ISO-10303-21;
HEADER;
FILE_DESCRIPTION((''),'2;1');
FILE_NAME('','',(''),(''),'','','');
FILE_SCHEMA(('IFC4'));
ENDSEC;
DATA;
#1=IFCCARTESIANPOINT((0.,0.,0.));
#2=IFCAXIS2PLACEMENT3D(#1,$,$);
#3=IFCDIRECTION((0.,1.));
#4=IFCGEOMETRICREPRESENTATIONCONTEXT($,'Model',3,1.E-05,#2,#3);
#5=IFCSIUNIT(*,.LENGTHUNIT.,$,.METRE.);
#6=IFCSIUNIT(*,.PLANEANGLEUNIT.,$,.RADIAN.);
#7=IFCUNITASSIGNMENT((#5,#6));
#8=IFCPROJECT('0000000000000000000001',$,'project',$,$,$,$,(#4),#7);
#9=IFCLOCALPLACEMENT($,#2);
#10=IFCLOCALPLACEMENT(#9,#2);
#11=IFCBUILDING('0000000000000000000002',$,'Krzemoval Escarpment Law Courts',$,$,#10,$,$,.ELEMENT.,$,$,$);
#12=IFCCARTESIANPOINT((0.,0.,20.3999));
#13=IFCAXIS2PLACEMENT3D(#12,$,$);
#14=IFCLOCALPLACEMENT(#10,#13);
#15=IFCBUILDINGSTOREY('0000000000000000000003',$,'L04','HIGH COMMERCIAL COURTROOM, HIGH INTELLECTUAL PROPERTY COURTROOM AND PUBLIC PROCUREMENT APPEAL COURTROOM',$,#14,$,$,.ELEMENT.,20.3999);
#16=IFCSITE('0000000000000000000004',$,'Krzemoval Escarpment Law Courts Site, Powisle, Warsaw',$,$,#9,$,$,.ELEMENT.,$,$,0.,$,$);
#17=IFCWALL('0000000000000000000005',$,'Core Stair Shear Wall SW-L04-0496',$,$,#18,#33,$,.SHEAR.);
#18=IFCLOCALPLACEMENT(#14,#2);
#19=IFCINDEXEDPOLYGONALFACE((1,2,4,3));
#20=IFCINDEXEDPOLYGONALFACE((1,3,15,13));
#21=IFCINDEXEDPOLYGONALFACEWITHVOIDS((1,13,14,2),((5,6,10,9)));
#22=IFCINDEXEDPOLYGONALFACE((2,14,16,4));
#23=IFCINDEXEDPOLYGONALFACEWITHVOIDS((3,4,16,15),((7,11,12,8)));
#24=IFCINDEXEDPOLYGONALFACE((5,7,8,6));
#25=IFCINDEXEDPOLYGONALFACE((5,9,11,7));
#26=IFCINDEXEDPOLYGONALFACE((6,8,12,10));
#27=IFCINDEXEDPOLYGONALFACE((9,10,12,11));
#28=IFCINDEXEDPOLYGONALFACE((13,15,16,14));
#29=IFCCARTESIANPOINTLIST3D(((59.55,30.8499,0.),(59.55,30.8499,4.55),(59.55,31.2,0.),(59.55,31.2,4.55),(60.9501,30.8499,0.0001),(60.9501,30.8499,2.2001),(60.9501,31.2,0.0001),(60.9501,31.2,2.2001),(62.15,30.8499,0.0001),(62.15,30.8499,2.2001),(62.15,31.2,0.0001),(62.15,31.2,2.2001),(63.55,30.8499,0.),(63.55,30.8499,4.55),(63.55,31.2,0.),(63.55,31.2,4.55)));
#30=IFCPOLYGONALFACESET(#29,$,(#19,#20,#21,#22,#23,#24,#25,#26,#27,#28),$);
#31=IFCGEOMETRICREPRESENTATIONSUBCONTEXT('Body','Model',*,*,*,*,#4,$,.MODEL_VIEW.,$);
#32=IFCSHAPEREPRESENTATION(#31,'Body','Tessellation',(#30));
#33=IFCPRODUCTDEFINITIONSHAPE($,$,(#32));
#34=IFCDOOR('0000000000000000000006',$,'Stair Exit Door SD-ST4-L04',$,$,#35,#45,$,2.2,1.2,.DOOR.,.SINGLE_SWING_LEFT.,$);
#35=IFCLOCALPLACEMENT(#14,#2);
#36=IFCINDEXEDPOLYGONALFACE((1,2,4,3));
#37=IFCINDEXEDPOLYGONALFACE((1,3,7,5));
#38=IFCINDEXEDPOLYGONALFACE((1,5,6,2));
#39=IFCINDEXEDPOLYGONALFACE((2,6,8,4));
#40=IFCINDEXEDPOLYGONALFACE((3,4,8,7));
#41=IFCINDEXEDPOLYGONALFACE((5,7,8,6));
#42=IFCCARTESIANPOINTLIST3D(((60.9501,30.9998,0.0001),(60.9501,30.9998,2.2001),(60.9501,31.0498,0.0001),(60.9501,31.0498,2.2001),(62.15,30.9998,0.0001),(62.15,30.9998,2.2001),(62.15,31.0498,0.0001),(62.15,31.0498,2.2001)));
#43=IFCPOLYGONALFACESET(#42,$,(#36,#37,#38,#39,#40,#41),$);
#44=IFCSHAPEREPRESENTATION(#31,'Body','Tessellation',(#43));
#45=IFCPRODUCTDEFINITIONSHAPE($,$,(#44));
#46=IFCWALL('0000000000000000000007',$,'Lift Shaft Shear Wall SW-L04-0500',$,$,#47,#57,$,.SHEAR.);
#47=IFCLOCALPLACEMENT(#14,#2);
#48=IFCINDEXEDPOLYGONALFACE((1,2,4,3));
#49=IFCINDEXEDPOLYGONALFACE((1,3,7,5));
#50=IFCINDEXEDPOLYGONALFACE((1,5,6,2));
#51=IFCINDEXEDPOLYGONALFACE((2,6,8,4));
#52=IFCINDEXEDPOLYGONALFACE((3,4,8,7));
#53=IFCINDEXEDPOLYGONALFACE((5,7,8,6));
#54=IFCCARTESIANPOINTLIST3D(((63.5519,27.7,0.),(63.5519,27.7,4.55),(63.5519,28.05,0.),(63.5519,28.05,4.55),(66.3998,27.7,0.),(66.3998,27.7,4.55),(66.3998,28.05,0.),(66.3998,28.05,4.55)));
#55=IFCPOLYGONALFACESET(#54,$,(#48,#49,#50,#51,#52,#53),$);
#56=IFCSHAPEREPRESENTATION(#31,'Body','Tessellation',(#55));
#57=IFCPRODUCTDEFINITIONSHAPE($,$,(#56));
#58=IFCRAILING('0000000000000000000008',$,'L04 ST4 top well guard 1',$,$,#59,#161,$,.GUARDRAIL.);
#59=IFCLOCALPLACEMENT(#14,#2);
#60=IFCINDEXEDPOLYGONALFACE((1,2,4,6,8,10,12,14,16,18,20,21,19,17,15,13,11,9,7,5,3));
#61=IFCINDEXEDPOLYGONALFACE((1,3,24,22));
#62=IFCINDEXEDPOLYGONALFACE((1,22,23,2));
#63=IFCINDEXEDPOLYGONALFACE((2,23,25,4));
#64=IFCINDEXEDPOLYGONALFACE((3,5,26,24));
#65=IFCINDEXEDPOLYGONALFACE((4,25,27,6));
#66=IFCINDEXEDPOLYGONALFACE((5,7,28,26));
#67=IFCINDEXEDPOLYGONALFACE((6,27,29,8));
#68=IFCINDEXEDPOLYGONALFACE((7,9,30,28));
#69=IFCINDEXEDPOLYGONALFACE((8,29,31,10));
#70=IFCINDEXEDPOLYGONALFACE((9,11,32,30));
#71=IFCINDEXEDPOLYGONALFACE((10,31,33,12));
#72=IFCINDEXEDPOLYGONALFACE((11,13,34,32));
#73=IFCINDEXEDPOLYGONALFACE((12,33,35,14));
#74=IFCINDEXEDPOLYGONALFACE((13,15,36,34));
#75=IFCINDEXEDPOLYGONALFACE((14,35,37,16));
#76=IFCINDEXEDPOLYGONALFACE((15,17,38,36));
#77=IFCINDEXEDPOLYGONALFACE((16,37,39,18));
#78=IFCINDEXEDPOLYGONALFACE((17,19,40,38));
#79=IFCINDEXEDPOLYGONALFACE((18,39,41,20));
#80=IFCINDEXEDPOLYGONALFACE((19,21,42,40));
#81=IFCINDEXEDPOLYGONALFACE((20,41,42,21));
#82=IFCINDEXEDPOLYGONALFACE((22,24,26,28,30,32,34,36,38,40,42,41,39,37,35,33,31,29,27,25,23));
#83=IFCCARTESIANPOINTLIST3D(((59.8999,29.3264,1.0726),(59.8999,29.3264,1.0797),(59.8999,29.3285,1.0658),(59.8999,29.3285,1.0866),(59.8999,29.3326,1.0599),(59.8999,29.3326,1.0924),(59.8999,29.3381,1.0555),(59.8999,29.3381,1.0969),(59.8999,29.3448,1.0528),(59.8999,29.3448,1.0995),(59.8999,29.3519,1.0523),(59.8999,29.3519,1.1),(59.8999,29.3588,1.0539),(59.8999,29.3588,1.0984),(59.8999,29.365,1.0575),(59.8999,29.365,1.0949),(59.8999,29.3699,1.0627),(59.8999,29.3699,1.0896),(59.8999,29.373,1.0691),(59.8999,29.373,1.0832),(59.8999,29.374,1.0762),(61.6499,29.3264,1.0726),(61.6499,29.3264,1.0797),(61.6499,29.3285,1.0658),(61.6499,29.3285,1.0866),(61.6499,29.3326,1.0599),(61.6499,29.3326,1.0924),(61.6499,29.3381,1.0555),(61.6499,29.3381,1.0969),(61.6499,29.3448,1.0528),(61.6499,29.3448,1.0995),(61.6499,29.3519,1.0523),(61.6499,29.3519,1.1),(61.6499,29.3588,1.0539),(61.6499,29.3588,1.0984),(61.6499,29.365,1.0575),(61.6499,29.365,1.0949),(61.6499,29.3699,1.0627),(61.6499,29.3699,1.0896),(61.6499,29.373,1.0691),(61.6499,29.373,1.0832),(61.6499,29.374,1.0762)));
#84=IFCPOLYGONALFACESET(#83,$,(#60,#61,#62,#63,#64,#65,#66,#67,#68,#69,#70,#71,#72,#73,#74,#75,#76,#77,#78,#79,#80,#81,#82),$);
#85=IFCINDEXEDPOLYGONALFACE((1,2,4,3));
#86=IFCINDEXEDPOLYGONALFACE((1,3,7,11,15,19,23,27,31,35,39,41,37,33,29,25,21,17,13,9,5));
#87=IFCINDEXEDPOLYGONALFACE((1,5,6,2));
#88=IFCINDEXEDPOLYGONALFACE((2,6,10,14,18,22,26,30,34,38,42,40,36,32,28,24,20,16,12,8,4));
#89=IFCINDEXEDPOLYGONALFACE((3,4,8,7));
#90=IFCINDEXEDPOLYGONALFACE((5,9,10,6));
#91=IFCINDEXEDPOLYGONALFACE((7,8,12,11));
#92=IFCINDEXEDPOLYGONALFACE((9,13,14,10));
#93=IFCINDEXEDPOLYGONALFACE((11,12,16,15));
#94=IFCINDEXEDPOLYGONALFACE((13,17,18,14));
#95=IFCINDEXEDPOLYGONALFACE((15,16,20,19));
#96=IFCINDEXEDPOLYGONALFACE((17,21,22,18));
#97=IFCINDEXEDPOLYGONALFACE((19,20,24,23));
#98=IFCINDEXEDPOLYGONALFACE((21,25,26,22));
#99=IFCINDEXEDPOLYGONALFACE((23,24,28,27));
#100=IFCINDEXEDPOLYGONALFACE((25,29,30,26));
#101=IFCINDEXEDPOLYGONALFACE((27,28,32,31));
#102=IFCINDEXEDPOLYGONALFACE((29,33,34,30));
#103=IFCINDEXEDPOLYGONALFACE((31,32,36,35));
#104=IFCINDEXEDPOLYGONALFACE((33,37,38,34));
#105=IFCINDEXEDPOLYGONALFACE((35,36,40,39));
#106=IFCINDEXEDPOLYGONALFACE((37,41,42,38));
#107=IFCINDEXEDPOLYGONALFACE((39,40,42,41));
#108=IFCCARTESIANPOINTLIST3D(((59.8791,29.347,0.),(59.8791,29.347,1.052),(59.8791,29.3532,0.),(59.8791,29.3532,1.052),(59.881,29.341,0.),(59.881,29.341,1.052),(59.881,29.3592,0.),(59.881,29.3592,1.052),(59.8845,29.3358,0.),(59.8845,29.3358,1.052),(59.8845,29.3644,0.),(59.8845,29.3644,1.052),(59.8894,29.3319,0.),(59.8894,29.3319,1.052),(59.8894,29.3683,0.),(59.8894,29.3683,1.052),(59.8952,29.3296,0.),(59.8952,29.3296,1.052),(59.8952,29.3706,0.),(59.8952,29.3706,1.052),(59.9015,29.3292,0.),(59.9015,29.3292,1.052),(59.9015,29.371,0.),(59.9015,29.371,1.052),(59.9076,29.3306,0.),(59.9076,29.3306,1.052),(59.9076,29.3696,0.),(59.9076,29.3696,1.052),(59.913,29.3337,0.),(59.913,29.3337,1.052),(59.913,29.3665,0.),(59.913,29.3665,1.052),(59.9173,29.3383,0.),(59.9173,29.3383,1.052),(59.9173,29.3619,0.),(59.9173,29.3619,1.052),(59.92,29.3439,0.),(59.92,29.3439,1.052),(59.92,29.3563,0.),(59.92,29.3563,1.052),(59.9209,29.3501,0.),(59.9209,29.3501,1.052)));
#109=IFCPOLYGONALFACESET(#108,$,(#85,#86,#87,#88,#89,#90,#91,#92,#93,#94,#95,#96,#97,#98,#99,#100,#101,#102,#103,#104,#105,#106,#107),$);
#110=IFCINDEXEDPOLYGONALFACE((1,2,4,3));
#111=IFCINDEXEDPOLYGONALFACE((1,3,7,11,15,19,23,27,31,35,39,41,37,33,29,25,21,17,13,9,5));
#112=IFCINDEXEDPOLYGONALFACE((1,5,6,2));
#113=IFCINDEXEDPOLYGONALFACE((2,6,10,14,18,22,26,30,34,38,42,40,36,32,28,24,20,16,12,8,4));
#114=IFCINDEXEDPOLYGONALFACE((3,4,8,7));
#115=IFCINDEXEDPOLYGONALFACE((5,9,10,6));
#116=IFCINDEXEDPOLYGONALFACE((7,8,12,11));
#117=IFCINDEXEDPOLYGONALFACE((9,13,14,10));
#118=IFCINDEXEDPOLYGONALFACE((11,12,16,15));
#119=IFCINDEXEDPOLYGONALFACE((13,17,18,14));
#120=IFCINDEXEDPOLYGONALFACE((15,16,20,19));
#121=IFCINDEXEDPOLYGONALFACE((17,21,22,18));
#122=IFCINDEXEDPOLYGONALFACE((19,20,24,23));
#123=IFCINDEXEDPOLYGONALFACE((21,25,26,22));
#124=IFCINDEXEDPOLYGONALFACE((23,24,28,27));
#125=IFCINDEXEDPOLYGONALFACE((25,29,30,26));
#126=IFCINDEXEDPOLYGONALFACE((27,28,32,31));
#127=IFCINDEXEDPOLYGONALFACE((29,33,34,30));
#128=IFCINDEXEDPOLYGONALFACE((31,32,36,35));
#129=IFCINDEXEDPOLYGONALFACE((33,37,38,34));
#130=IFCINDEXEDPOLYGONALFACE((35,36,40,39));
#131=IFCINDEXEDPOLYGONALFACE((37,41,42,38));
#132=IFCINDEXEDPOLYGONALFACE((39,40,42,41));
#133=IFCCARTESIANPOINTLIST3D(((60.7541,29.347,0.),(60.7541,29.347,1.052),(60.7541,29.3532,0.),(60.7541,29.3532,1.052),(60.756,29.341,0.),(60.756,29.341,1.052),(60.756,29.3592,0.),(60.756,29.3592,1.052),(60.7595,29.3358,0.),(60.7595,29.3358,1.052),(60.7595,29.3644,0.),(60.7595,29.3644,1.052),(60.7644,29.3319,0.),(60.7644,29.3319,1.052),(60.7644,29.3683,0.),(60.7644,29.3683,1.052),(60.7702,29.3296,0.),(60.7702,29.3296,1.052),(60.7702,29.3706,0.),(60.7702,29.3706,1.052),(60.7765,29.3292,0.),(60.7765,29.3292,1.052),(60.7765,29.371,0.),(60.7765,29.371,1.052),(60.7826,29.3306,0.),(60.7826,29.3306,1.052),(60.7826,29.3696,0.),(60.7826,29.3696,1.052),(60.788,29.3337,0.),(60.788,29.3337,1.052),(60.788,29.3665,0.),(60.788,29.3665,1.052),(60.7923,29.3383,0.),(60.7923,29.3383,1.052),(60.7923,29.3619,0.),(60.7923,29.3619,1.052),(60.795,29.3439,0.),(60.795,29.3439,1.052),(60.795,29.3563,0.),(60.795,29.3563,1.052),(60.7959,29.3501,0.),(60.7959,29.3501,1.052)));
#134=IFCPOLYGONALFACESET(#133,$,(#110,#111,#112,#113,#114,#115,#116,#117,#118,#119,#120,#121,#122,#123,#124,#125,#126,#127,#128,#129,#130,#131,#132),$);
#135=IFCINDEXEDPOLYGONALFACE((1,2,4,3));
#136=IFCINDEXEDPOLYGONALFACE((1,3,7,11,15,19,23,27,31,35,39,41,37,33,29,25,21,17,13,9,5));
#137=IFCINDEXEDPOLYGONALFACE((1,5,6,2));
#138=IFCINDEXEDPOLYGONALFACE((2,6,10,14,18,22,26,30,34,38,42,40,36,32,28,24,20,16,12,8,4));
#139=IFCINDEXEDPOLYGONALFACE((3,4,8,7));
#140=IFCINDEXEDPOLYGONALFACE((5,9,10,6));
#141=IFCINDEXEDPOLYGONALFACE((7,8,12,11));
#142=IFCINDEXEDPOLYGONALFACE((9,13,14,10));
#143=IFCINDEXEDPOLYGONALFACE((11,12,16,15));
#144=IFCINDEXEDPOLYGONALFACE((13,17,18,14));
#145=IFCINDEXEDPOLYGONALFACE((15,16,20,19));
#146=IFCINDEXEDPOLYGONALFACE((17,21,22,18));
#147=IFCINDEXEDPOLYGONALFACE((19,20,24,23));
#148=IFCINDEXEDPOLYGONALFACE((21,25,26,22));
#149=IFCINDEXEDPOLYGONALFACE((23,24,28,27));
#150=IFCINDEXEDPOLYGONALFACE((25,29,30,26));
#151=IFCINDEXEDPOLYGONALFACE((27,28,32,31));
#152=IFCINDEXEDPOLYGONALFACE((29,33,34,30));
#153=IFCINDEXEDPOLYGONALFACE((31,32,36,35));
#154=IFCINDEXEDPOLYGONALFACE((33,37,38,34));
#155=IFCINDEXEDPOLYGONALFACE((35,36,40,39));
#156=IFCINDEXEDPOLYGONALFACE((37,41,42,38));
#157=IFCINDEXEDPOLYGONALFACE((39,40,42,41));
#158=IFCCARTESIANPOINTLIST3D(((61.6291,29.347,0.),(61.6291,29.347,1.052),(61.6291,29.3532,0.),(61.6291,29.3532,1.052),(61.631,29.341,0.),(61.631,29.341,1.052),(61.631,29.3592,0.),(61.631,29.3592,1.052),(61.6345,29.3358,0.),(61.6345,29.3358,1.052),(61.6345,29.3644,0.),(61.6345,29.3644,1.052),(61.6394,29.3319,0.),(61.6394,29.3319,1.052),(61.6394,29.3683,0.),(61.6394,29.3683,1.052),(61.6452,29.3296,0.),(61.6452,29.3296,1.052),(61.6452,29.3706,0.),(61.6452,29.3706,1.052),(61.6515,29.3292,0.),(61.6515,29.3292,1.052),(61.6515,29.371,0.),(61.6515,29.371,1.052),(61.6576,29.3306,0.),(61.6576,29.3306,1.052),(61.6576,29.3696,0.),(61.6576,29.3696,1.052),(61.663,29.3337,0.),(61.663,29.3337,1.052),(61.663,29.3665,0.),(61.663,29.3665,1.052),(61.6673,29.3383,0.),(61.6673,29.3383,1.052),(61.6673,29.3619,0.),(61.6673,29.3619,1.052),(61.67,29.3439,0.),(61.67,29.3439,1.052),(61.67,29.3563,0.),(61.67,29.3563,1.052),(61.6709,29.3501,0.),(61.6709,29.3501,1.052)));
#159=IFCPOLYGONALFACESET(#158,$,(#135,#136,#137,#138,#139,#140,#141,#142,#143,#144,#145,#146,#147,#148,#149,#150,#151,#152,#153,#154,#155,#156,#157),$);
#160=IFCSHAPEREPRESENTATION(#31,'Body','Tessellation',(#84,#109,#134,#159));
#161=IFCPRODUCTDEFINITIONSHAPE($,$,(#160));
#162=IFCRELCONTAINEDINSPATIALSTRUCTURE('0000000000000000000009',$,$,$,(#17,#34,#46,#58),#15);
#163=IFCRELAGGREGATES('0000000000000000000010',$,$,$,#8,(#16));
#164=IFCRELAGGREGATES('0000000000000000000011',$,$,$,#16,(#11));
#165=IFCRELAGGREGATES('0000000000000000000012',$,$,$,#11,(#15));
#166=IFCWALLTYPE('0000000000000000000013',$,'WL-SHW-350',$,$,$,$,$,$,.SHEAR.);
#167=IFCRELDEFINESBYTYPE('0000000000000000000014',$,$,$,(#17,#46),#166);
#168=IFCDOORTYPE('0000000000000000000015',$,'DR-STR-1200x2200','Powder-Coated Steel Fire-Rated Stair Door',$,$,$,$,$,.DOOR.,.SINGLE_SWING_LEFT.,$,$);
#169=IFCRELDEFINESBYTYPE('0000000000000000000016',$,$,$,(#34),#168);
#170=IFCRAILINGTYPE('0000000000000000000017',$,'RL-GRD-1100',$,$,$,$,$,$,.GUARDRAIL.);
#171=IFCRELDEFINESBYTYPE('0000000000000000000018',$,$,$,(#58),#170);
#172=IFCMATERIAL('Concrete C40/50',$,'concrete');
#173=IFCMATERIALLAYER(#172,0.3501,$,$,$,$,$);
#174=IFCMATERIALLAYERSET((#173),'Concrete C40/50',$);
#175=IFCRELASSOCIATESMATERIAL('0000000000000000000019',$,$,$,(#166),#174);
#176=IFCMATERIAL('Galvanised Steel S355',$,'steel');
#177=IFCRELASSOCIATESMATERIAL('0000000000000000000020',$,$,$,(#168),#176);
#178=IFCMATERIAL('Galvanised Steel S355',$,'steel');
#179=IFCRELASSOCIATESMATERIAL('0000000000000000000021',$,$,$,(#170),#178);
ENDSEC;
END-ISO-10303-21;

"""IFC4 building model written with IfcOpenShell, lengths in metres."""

from ifc_helpers import new_model, si_unit, direction, frame, frame_2d, origin, origin_2d, place, context, subcontext, project, spatial, rectangle, circle, extrude, material, layer, layer_set, type_object, element, fill, save


model = new_model("IFC4")

# Units and contexts
model_context = context("Model", 3, precision=1e-05, world=origin(), true_north=direction((0.0, 1.0)))
body_context = subcontext(model_context, "Body", "Model", "MODEL_VIEW")
ifc_project = project(units=[si_unit("LENGTHUNIT", "METRE"), si_unit("PLANEANGLEUNIT", "RADIAN")], contexts=[model_context])

# Site, building, storey
site_placement = place(None, origin())
site = spatial("IfcSite", under=ifc_project, at=site_placement, Name="Krzemoval Escarpment Law Courts Site, Powisle, Warsaw", CompositionType="ELEMENT", RefElevation=0.0)
building_placement = place(site_placement, origin())
building = spatial("IfcBuilding", under=site, at=building_placement, Name="Krzemoval Escarpment Law Courts", CompositionType="ELEMENT")
storey_placement = place(building_placement, frame((0.0, 0.0, 20.3999)))
storey = spatial("IfcBuildingStorey", under=building, at=storey_placement, Name="L04", Description="HIGH COMMERCIAL COURTROOM, HIGH INTELLECTUAL PROPERTY COURTROOM AND PUBLIC PROCUREMENT APPEAL COURTROOM", CompositionType="ELEMENT", Elevation=20.3999)

# Wall, opening, door
ifc_material_1 = material(Name="Concrete C40/50", Category="concrete")
ifc_layer_1 = layer(ifc_material_1, 0.3501)
ifc_layer_set_1 = layer_set([ifc_layer_1], Name="Concrete C40/50")
wall_type_1 = type_object("IfcWallType", Name="WL-SHW-350", PredefinedType="SHEAR", material=ifc_layer_set_1)
wall_1_placement = place(storey_placement, frame((59.55, 31.0249, 0.0), z_axis=(0.0, 0.0, 1.0), x_axis=(1.0, 0.0, 0.0)))
wall_1 = element("IfcWall", 1, at=wall_1_placement, inside=storey, type_object=wall_type_1, Name="Core Stair Shear Wall SW-L04-0496", PredefinedType="SHEAR", context=body_context, shape_type="SweptSolid", body=[
    extrude(rectangle(XDim=4.0, YDim=0.3501, at=frame_2d((2.0, 0.0))), origin(), (0.0, 0.0, 1.0), 4.55),
])
opening_1_placement = place(wall_1_placement, frame((1.3999, 0.0, 0.0)))
opening_1 = element("IfcOpeningElement", 2, at=opening_1_placement, cuts=wall_1, PredefinedType="OPENING", context=body_context, shape_type="SweptSolid", body=[
    extrude(rectangle(XDim=1.2, YDim=2.2, at=frame_2d((0.6001, 1.1001))), frame((0.0, 0.19, 0.0), z_axis=(0.0, -1.0, 0.0), x_axis=(1.0, 0.0, 0.0)), (0.0, 0.0, 1.0), 0.3801),
])
ifc_material_2 = material(Name="Galvanised Steel S355", Category="steel")
door_type_1 = type_object("IfcDoorType", Name="DR-STR-1200x2200", Description="Powder-Coated Steel Fire-Rated Stair Door", OperationType="SINGLE_SWING_LEFT", PredefinedType="DOOR", material=ifc_material_2)
door_1_placement = place(opening_1_placement, origin())
door_1 = element("IfcDoor", 3, at=door_1_placement, inside=storey, type_object=door_type_1, Name="Stair Exit Door SD-ST4-L04", OperationType="SINGLE_SWING_LEFT", OverallHeight=2.2, OverallWidth=1.2, PredefinedType="DOOR", context=body_context, shape_type="SweptSolid", body=[
    extrude(rectangle(XDim=1.2, YDim=2.2, at=frame_2d((0.6001, 1.1001))), frame((0.0, 0.0249, 0.0), z_axis=(0.0, -1.0, 0.0), x_axis=(1.0, 0.0, 0.0)), (0.0, 0.0, 1.0), 0.05),
])
fill(opening_1, door_1)

# Wall
wall_2_placement = place(storey_placement, frame((63.552, 27.875, 0.0), z_axis=(0.0, 0.0, 1.0), x_axis=(1.0, 0.0, 0.0)))
element("IfcWall", 4, at=wall_2_placement, inside=storey, type_object=wall_type_1, Name="Lift Shaft Shear Wall SW-L04-0500", PredefinedType="SHEAR", context=body_context, shape_type="SweptSolid", body=[
    extrude(rectangle(XDim=2.8479, YDim=0.3501, at=frame_2d((1.4238, 0.0))), origin(), (0.0, 0.0, 1.0), 4.55),
])

# Railing
ifc_material_3 = material(Name="Galvanised Steel S355", Category="steel")
railing_type = type_object("IfcRailingType", Name="RL-GRD-1100", PredefinedType="GUARDRAIL", material=ifc_material_3)
railing_placement = place(storey_placement, frame((59.8999, 29.3501, 0.0)))
element("IfcRailing", 5, at=railing_placement, inside=storey, type_object=railing_type, Name="L04 ST4 top well guard 1", PredefinedType="GUARDRAIL", context=body_context, shape_type="SweptSolid", body=[
    extrude(circle(Radius=0.0239, at=origin_2d()), frame((0.0, 0.0, 1.0762), z_axis=(1.0, 0.0, 0.0), x_axis=(0.0, 1.0, 0.0)), (0.0, 0.0, 1.0), 1.75),
    extrude(circle(Radius=0.021, at=origin_2d()), origin(), (0.0, 0.0, 1.0), 1.052),
    extrude(circle(Radius=0.021, at=origin_2d()), frame((0.875, 0.0, 0.0)), (0.0, 0.0, 1.0), 1.052),
    extrude(circle(Radius=0.021, at=origin_2d()), frame((1.75, 0.0, 0.0)), (0.0, 0.0, 1.0), 1.052),
])

save(model, "model.ifc")
